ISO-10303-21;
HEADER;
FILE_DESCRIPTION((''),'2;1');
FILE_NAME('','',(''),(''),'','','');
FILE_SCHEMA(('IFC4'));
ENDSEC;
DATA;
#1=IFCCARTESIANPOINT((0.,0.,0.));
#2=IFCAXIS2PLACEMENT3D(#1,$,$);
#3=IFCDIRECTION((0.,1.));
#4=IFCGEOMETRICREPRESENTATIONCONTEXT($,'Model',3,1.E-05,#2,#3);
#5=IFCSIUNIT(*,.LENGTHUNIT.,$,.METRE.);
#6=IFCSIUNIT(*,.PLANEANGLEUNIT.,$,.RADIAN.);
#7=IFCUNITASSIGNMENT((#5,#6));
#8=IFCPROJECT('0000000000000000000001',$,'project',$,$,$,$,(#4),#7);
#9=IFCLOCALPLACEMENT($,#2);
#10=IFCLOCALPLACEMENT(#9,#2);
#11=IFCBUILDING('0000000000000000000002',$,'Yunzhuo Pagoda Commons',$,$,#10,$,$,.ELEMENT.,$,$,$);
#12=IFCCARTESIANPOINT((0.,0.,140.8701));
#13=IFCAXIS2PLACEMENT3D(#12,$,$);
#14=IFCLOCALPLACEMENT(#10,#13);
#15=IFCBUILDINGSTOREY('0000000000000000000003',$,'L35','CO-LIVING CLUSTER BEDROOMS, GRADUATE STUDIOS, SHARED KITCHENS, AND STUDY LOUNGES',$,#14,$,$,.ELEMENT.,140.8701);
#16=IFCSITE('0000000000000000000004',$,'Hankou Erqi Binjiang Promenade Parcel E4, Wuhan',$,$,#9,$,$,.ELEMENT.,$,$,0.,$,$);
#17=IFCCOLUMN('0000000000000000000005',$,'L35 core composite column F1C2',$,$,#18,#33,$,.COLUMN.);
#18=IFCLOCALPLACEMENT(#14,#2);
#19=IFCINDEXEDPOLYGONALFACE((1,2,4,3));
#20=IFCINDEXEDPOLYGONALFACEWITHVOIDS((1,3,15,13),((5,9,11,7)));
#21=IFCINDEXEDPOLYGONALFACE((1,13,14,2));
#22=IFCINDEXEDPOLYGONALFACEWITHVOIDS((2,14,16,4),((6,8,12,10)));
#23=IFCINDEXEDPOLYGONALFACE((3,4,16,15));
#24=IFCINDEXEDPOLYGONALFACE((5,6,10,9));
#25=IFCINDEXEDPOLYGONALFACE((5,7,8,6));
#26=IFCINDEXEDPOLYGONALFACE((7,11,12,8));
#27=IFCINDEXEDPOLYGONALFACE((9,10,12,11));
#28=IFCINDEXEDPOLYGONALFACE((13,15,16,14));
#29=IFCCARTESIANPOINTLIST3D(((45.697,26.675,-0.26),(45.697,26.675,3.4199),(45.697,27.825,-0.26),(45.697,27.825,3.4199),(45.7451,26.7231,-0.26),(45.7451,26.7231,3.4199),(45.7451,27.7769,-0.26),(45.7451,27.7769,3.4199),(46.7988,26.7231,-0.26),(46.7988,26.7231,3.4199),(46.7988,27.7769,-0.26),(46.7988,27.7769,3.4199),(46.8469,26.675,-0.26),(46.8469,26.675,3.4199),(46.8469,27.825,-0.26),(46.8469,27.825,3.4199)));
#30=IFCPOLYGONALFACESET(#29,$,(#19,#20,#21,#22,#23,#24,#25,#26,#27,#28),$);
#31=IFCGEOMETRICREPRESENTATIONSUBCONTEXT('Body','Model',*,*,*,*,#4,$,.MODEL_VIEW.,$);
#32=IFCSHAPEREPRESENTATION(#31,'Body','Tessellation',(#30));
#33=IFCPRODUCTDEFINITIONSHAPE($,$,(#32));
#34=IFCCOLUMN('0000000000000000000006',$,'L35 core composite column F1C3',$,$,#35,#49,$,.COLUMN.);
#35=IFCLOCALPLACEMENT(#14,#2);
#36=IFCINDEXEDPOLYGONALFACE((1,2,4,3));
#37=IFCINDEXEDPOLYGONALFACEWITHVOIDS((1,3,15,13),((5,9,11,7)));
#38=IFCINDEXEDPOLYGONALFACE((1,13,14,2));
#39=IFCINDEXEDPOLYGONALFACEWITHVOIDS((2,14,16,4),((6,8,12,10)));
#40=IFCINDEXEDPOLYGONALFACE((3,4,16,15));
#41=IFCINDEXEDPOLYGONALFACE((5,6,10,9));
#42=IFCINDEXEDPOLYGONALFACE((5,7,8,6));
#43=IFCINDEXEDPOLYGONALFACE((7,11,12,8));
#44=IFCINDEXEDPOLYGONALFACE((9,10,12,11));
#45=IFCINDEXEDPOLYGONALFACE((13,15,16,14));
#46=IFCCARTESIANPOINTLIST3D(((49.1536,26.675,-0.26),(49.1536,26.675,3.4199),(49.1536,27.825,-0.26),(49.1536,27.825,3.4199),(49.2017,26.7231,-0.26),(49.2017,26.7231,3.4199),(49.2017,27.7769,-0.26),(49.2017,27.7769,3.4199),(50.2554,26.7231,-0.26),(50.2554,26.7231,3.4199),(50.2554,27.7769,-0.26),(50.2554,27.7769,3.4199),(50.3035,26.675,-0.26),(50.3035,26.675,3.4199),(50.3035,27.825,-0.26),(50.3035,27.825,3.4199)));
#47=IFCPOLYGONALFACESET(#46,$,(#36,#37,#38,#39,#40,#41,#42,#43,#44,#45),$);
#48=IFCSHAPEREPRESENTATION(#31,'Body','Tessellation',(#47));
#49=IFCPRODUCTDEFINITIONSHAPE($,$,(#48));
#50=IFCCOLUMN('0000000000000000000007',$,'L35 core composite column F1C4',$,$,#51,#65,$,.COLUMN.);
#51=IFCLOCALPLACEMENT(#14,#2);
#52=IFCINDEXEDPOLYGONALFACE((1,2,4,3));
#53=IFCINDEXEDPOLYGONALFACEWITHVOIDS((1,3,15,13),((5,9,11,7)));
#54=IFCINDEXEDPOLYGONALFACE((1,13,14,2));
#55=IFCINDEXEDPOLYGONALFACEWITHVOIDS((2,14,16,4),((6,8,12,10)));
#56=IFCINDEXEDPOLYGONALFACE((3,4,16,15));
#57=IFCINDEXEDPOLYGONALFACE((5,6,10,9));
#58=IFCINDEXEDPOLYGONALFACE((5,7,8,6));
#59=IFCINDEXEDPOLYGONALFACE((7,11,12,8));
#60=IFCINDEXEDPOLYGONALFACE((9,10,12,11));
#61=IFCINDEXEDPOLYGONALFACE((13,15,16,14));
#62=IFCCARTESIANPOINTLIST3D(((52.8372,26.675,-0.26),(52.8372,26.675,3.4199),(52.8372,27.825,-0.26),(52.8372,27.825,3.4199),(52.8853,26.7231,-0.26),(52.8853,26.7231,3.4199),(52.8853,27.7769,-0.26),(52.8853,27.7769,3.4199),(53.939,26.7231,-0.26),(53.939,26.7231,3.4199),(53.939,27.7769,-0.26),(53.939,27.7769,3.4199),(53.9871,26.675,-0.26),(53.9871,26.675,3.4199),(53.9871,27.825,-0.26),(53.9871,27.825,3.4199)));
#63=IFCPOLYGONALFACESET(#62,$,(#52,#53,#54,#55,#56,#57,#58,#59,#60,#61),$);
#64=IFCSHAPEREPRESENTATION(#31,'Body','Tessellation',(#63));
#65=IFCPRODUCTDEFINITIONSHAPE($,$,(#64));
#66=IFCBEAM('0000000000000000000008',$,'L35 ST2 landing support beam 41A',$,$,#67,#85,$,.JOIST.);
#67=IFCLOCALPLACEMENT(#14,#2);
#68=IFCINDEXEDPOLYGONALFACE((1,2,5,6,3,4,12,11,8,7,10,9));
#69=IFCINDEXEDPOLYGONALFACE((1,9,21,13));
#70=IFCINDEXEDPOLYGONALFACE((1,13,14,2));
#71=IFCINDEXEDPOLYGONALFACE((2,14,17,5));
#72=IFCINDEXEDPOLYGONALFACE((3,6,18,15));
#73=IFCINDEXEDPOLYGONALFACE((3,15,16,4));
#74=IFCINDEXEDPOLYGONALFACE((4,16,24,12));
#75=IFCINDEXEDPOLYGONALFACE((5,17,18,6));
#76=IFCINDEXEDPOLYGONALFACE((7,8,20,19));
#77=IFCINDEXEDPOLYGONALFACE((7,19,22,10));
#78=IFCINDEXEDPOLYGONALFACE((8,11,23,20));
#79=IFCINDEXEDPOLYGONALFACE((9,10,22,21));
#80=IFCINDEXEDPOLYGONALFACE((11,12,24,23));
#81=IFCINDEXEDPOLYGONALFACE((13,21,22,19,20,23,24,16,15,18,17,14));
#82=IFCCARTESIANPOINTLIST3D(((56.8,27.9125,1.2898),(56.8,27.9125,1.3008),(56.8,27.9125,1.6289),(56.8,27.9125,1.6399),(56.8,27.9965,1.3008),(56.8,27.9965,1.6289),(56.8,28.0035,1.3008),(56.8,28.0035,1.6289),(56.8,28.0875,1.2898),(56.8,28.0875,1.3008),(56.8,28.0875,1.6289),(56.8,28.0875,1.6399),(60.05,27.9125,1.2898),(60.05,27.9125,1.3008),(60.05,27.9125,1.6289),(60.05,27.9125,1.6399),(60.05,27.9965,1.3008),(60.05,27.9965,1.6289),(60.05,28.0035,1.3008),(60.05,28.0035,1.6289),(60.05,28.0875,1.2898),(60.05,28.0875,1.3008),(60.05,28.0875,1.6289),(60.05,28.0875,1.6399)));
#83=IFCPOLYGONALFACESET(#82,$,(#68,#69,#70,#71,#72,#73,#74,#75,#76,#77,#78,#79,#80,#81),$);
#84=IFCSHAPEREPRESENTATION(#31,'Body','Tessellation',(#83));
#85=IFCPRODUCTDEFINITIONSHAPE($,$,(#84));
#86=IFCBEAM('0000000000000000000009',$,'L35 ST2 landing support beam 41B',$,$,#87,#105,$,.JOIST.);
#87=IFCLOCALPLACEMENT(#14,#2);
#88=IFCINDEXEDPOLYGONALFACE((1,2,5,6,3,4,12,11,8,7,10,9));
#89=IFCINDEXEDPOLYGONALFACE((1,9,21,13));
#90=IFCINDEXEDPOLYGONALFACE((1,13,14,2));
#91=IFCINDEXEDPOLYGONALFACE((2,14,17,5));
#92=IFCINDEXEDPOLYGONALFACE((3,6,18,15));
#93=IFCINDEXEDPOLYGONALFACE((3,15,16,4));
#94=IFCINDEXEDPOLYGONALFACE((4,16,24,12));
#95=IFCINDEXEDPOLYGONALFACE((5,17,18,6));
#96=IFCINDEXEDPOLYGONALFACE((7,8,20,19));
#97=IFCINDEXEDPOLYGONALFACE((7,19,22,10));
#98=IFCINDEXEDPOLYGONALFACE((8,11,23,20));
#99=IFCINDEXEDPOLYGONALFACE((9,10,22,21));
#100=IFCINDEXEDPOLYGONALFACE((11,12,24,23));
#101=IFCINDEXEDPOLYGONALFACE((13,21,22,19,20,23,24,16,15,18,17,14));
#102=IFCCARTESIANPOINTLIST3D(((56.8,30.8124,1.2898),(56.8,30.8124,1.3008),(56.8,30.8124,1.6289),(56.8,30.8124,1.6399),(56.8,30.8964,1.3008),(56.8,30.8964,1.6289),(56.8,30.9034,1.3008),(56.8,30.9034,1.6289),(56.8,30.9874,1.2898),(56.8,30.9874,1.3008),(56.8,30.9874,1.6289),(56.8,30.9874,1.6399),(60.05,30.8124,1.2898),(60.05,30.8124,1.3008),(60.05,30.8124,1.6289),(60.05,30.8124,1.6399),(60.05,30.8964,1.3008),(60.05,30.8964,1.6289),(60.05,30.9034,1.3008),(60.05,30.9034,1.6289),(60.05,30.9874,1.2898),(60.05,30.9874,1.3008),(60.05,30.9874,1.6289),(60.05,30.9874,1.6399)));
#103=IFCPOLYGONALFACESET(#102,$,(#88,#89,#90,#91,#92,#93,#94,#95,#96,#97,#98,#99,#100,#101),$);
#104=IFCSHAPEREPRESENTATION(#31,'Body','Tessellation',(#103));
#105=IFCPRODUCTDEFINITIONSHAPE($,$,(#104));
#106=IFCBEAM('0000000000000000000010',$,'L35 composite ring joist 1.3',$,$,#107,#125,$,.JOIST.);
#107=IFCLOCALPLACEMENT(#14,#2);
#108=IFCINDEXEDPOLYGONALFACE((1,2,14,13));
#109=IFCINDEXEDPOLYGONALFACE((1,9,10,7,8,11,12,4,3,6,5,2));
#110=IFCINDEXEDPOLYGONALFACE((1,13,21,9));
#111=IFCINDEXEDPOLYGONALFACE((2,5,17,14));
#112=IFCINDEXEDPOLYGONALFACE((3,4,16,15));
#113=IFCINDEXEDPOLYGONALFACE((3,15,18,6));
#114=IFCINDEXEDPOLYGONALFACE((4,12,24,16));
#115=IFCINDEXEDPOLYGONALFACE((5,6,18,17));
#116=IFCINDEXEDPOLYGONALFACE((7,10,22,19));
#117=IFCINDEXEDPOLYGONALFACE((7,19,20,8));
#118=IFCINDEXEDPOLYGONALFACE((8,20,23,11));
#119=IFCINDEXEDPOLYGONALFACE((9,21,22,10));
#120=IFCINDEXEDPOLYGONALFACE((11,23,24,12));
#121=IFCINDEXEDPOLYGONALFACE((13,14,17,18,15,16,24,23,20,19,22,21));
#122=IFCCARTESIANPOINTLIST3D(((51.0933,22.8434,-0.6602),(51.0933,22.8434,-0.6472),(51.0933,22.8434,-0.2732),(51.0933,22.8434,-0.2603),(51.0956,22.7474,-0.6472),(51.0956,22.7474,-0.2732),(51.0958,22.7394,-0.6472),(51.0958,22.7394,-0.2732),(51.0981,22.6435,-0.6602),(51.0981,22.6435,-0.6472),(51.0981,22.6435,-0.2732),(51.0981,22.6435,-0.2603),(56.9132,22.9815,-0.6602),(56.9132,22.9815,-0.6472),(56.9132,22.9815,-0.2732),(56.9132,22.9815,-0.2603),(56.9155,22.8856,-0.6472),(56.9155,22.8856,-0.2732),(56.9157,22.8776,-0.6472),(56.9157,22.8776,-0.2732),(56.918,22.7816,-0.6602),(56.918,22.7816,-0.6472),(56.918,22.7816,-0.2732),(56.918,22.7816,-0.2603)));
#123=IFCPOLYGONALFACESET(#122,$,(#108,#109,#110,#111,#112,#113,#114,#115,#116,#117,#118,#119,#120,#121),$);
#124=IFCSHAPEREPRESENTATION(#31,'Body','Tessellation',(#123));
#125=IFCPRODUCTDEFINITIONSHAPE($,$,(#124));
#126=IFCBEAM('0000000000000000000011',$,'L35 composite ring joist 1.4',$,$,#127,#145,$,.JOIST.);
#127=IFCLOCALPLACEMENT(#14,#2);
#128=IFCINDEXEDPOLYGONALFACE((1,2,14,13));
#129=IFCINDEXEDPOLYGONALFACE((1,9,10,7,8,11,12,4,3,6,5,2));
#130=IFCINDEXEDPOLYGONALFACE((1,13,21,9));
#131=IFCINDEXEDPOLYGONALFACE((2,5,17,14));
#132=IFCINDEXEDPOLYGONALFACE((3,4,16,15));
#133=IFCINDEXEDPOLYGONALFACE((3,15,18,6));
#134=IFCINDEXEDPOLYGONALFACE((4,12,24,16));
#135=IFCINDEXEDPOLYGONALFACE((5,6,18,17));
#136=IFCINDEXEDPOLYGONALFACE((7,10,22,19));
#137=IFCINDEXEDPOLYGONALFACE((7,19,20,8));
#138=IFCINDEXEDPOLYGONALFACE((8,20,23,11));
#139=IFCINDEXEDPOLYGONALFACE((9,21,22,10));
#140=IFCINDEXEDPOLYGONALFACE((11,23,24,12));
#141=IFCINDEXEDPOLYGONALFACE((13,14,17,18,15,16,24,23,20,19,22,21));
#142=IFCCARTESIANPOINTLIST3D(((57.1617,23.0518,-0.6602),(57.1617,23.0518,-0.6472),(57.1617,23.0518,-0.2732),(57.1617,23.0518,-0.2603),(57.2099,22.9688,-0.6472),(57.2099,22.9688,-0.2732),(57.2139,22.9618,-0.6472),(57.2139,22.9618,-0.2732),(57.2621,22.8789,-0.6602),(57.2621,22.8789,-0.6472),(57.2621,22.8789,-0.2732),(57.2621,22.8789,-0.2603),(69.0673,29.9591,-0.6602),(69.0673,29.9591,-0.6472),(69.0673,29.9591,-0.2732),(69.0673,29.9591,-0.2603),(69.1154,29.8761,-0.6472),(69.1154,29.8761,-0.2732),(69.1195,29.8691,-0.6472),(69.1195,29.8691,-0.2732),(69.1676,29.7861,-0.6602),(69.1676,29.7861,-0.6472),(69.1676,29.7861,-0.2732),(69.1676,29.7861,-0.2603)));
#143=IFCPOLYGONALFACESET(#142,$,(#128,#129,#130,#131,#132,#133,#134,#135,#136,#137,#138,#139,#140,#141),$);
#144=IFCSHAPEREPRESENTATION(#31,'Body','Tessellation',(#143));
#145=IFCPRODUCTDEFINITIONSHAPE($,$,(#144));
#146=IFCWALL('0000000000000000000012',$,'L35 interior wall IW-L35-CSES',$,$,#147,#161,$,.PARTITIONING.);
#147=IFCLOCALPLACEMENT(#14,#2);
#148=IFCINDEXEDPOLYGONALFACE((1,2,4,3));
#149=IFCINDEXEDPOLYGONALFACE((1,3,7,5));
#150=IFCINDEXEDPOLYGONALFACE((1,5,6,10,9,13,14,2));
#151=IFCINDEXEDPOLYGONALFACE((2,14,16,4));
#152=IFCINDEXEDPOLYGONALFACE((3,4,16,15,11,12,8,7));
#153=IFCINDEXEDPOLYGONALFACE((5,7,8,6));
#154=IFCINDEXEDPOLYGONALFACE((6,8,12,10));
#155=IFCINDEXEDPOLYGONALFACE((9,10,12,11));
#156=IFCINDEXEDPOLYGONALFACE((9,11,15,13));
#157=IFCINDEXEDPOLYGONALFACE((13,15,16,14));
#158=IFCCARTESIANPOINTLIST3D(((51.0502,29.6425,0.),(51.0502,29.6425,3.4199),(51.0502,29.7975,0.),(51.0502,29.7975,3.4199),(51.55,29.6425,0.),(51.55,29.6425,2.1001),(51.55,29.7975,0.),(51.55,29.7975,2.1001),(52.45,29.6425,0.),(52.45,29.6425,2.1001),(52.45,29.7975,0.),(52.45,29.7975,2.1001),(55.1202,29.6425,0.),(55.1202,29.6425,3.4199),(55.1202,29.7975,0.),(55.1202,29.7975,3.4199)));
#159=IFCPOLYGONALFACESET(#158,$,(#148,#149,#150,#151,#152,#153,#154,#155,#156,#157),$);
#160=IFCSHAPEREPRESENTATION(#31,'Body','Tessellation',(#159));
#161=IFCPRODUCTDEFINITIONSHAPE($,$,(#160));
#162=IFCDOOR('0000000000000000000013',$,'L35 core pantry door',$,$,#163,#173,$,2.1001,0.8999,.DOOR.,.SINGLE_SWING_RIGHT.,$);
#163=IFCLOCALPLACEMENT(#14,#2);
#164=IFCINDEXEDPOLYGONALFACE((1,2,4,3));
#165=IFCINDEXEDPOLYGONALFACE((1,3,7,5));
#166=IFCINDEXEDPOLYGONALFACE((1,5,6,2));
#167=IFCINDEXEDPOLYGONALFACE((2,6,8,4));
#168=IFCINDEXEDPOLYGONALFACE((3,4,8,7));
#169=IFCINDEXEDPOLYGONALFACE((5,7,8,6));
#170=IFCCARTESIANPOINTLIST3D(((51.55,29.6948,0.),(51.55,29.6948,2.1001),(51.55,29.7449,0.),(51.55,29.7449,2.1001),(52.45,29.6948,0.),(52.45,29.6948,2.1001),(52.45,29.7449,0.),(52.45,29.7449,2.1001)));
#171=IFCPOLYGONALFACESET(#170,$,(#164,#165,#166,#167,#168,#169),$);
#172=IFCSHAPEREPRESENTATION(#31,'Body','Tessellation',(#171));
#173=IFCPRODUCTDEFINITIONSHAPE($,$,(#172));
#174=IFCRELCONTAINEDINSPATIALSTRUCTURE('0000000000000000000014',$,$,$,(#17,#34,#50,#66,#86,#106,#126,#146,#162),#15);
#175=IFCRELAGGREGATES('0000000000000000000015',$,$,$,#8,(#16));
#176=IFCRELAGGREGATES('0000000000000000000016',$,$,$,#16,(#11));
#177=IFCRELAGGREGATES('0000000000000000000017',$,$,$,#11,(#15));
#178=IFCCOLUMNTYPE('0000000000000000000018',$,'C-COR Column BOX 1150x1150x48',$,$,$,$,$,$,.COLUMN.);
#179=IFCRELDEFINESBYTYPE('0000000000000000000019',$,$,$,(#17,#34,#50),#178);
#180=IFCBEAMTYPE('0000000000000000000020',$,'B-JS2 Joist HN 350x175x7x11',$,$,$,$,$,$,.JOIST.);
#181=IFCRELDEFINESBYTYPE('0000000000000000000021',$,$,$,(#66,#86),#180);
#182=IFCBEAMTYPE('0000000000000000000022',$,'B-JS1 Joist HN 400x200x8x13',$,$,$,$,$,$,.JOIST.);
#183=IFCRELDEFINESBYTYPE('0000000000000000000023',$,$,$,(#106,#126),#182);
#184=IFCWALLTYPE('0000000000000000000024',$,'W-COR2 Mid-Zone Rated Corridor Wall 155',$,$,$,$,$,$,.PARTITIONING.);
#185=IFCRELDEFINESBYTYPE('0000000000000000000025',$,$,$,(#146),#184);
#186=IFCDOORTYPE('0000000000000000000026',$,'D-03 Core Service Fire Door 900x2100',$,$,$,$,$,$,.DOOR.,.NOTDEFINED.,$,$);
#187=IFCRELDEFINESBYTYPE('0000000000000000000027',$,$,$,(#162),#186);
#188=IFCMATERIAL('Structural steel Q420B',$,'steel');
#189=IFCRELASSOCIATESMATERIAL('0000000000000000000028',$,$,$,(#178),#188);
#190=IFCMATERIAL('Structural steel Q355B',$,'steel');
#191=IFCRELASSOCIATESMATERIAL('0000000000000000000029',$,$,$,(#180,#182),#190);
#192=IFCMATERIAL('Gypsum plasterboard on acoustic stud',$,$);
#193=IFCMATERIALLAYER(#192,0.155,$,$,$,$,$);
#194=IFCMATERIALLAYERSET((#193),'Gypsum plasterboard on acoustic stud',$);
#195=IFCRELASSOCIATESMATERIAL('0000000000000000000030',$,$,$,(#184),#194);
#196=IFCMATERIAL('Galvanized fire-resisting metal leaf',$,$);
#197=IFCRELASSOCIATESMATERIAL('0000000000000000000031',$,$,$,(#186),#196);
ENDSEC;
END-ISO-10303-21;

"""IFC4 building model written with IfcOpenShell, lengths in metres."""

from ifc_helpers import new_model, si_unit, direction, frame, frame_2d, origin, origin_with_axes, origin_2d, place, context, subcontext, project, spatial, rectangle, hollow_rectangle, i_section, extrude, source, transform, mapped, material, layer, layer_set, material_profile, profile_set, type_object, element, fill, save


model = new_model("IFC4")

# Units and contexts
model_context = context("Model", 3, precision=1e-05, world=origin(), true_north=direction((0.0, 1.0)))
body_context = subcontext(model_context, "Body", "Model", "MODEL_VIEW")
ifc_project = project(units=[si_unit("LENGTHUNIT", "METRE"), si_unit("PLANEANGLEUNIT", "RADIAN")], contexts=[model_context])

# Site, building, storey
site_placement = place(None, origin())
site = spatial("IfcSite", under=ifc_project, at=site_placement, Name="Hankou Erqi Binjiang Promenade Parcel E4, Wuhan", CompositionType="ELEMENT", RefElevation=0.0)
building_placement = place(site_placement, origin())
building = spatial("IfcBuilding", under=site, at=building_placement, Name="Yunzhuo Pagoda Commons", CompositionType="ELEMENT")
storey_placement = place(building_placement, frame((0.0, 0.0, 140.8701)))
storey = spatial("IfcBuildingStorey", under=building, at=storey_placement, Name="L35", Description="CO-LIVING CLUSTER BEDROOMS, GRADUATE STUDIOS, SHARED KITCHENS, AND STUDY LOUNGES", CompositionType="ELEMENT", Elevation=140.8701)

# Columns
ifc_material_1 = material(Name="Structural steel Q420B", Category="steel")
ifc_material_profile_1 = material_profile(ifc_material_1, hollow_rectangle(XDim=1.1499, YDim=1.1499, WallThickness=0.0481, at=origin_2d()), Name="Structural steel Q420B")
ifc_profile_set_1 = profile_set([ifc_material_profile_1], Name="Structural steel Q420B")
column_type = type_object("IfcColumnType", Name="C-COR Column BOX 1150x1150x48", PredefinedType="COLUMN", material=ifc_profile_set_1)
shared_shape_1 = source(origin(), body_context, "Body", "SweptSolid", [
    extrude(hollow_rectangle(XDim=1.1499, YDim=1.1499, WallThickness=0.0481, at=origin_2d()), origin(), (0.0, 0.0, 1.0), 3.6799),
])
for number, where, z_axis, x_axis, name in (
    (1, (46.272, 27.25, -0.26), (0.0, 0.0, 1.0), (1.0, 0.0, 0.0), "L35 core composite column F1C2"),
    (2, (49.7285, 27.25, -0.26), (0.0, 0.0, 1.0), (1.0, 0.0, 0.0), "L35 core composite column F1C3"),
    (3, (53.4121, 27.25, -0.26), (0.0, 0.0, 1.0), (1.0, 0.0, 0.0), "L35 core composite column F1C4"),
):
    element("IfcColumn", number, at=place(storey_placement, frame(where, z_axis=z_axis, x_axis=x_axis)), inside=storey, type_object=column_type, Name=name, PredefinedType="COLUMN", context=body_context, shape_type="MappedRepresentation", body=[
        mapped(shared_shape_1, transform((0.0, 0.0, 0.0), scale=1.0)),
    ])

# Beams
ifc_material_2 = material(Name="Structural steel Q355B", Category="steel")
ifc_material_profile_2 = material_profile(ifc_material_2, i_section(OverallWidth=0.175, OverallDepth=0.3501, WebThickness=0.0071, FlangeThickness=0.011, at=origin_2d()), Name="Structural steel Q355B")
ifc_profile_set_2 = profile_set([ifc_material_profile_2], Name="Structural steel Q355B")
beam_type_1 = type_object("IfcBeamType", Name="B-JS2 Joist HN 350x175x7x11", PredefinedType="JOIST", material=ifc_profile_set_2)
shared_shape_2 = source(origin(), body_context, "Body", "SweptSolid", [
    extrude(i_section(OverallWidth=0.175, OverallDepth=0.3501, WebThickness=0.0071, FlangeThickness=0.011, at=origin_2d()), origin(), (0.0, 0.0, 1.0), 3.25),
])
for number, where, z_axis, x_axis, name in (
    (4, (56.8, 28.0, 1.4648), (1.0, 0.0, 0.0), (0.0, 1.0, 0.0), "L35 ST2 landing support beam 41A"),
    (5, (56.8, 30.8999, 1.4648), (1.0, 0.0, 0.0), (0.0, 1.0, 0.0), "L35 ST2 landing support beam 41B"),
):
    element("IfcBeam", number, at=place(storey_placement, frame(where, z_axis=z_axis, x_axis=x_axis)), inside=storey, type_object=beam_type_1, Name=name, PredefinedType="JOIST", context=body_context, shape_type="MappedRepresentation", body=[
        mapped(shared_shape_2, transform((0.0, 0.0, 0.0), scale=1.0)),
    ])
ifc_material_profile_3 = material_profile(ifc_material_2, i_section(OverallWidth=0.2, OverallDepth=0.3999, WebThickness=0.0081, FlangeThickness=0.0129, at=origin_2d()), Name="Structural steel Q355B")
ifc_profile_set_3 = profile_set([ifc_material_profile_3], Name="Structural steel Q355B")
beam_type_2 = type_object("IfcBeamType", Name="B-JS1 Joist HN 400x200x8x13", PredefinedType="JOIST", material=ifc_profile_set_3)
shared_shape_3 = source(origin(), body_context, "Body", "SweptSolid", [
    extrude(i_section(OverallWidth=0.2, OverallDepth=0.3999, WebThickness=0.0081, FlangeThickness=0.0129, at=origin_2d()), origin(), (0.0, 0.0, 1.0), 5.8215),
])
beam_1_placement = place(storey_placement, frame((51.0957, 22.7434, -0.4602), z_axis=(0.999718, 0.023737, 0.0), x_axis=(-0.023737, 0.999718, 0.0)))
element("IfcBeam", 6, at=beam_1_placement, inside=storey, type_object=beam_type_2, Name="L35 composite ring joist 1.3", PredefinedType="JOIST", context=body_context, shape_type="MappedRepresentation", body=[
    mapped(shared_shape_3, transform((0.0, 0.0, 0.0), scale=1.0)),
])
shared_shape_4 = source(origin(), body_context, "Body", "SweptSolid", [
    extrude(i_section(OverallWidth=0.2, OverallDepth=0.3999, WebThickness=0.0081, FlangeThickness=0.0129, at=origin_2d()), origin(), (0.0, 0.0, 1.0), 13.7642),
])
beam_2_placement = place(storey_placement, frame((57.2119, 22.9653, -0.4602), z_axis=(0.864967, 0.501828, 0.0), x_axis=(-0.501828, 0.864967, 0.0)))
element("IfcBeam", 7, at=beam_2_placement, inside=storey, type_object=beam_type_2, Name="L35 composite ring joist 1.4", PredefinedType="JOIST", context=body_context, shape_type="MappedRepresentation", body=[
    mapped(shared_shape_4, transform((0.0, 0.0, 0.0), scale=1.0)),
])

# Wall, opening, door
ifc_material_3 = material(Name="Gypsum plasterboard on acoustic stud")
ifc_layer_1 = layer(ifc_material_3, 0.155)
ifc_layer_set_1 = layer_set([ifc_layer_1], Name="Gypsum plasterboard on acoustic stud")
wall_type_1 = type_object("IfcWallType", Name="W-COR2 Mid-Zone Rated Corridor Wall 155", PredefinedType="PARTITIONING", material=ifc_layer_set_1)
wall_1_placement = place(storey_placement, frame((51.05, 29.72, 0.0), z_axis=(0.0, 0.0, 1.0), x_axis=(1.0, 0.0, 0.0)))
wall_1 = element("IfcWall", 8, at=wall_1_placement, inside=storey, type_object=wall_type_1, Name="L35 interior wall IW-L35-CSES", PredefinedType="PARTITIONING", context=body_context, shape_type="SweptSolid", body=[
    extrude(rectangle(XDim=4.0701, YDim=0.155, at=frame_2d((2.0352, 0.0))), origin(), (0.0, 0.0, 1.0), 3.4199),
])
opening_1_placement = place(wall_1_placement, frame((0.5, 0.0, 0.0)))
opening_1 = element("IfcOpeningElement", 9, at=opening_1_placement, cuts=wall_1, PredefinedType="OPENING", context=body_context, shape_type="SweptSolid", body=[
    extrude(rectangle(XDim=0.8999, YDim=2.1001, at=frame_2d((0.45, 1.05))), frame((0.0, 0.0874, 0.0), z_axis=(0.0, -1.0, 0.0), x_axis=(1.0, 0.0, 0.0)), (0.0, 0.0, 1.0), 0.175),
])
ifc_material_4 = material(Name="Galvanized fire-resisting metal leaf")
door_type_1 = type_object("IfcDoorType", Name="D-03 Core Service Fire Door 900x2100", OperationType="NOTDEFINED", PredefinedType="DOOR", material=ifc_material_4)
shared_shape_5 = source(origin(), body_context, "Body", "SweptSolid", [
    extrude(rectangle(XDim=0.8999, YDim=2.1001, at=frame_2d((0.45, 1.05))), frame((0.0, 0.0249, 0.0), z_axis=(0.0, -1.0, 0.0), x_axis=(1.0, 0.0, 0.0)), (0.0, 0.0, 1.0), 0.05),
])
door_1_placement = place(opening_1_placement, origin_with_axes())
door_1 = element("IfcDoor", 10, at=door_1_placement, inside=storey, type_object=door_type_1, Name="L35 core pantry door", OperationType="SINGLE_SWING_RIGHT", OverallHeight=2.1001, OverallWidth=0.8999, PredefinedType="DOOR", context=body_context, shape_type="MappedRepresentation", body=[
    mapped(shared_shape_5, transform((0.0, 0.0, 0.0), scale=1.0)),
])
fill(opening_1, door_1)

save(model, "model.ifc")
